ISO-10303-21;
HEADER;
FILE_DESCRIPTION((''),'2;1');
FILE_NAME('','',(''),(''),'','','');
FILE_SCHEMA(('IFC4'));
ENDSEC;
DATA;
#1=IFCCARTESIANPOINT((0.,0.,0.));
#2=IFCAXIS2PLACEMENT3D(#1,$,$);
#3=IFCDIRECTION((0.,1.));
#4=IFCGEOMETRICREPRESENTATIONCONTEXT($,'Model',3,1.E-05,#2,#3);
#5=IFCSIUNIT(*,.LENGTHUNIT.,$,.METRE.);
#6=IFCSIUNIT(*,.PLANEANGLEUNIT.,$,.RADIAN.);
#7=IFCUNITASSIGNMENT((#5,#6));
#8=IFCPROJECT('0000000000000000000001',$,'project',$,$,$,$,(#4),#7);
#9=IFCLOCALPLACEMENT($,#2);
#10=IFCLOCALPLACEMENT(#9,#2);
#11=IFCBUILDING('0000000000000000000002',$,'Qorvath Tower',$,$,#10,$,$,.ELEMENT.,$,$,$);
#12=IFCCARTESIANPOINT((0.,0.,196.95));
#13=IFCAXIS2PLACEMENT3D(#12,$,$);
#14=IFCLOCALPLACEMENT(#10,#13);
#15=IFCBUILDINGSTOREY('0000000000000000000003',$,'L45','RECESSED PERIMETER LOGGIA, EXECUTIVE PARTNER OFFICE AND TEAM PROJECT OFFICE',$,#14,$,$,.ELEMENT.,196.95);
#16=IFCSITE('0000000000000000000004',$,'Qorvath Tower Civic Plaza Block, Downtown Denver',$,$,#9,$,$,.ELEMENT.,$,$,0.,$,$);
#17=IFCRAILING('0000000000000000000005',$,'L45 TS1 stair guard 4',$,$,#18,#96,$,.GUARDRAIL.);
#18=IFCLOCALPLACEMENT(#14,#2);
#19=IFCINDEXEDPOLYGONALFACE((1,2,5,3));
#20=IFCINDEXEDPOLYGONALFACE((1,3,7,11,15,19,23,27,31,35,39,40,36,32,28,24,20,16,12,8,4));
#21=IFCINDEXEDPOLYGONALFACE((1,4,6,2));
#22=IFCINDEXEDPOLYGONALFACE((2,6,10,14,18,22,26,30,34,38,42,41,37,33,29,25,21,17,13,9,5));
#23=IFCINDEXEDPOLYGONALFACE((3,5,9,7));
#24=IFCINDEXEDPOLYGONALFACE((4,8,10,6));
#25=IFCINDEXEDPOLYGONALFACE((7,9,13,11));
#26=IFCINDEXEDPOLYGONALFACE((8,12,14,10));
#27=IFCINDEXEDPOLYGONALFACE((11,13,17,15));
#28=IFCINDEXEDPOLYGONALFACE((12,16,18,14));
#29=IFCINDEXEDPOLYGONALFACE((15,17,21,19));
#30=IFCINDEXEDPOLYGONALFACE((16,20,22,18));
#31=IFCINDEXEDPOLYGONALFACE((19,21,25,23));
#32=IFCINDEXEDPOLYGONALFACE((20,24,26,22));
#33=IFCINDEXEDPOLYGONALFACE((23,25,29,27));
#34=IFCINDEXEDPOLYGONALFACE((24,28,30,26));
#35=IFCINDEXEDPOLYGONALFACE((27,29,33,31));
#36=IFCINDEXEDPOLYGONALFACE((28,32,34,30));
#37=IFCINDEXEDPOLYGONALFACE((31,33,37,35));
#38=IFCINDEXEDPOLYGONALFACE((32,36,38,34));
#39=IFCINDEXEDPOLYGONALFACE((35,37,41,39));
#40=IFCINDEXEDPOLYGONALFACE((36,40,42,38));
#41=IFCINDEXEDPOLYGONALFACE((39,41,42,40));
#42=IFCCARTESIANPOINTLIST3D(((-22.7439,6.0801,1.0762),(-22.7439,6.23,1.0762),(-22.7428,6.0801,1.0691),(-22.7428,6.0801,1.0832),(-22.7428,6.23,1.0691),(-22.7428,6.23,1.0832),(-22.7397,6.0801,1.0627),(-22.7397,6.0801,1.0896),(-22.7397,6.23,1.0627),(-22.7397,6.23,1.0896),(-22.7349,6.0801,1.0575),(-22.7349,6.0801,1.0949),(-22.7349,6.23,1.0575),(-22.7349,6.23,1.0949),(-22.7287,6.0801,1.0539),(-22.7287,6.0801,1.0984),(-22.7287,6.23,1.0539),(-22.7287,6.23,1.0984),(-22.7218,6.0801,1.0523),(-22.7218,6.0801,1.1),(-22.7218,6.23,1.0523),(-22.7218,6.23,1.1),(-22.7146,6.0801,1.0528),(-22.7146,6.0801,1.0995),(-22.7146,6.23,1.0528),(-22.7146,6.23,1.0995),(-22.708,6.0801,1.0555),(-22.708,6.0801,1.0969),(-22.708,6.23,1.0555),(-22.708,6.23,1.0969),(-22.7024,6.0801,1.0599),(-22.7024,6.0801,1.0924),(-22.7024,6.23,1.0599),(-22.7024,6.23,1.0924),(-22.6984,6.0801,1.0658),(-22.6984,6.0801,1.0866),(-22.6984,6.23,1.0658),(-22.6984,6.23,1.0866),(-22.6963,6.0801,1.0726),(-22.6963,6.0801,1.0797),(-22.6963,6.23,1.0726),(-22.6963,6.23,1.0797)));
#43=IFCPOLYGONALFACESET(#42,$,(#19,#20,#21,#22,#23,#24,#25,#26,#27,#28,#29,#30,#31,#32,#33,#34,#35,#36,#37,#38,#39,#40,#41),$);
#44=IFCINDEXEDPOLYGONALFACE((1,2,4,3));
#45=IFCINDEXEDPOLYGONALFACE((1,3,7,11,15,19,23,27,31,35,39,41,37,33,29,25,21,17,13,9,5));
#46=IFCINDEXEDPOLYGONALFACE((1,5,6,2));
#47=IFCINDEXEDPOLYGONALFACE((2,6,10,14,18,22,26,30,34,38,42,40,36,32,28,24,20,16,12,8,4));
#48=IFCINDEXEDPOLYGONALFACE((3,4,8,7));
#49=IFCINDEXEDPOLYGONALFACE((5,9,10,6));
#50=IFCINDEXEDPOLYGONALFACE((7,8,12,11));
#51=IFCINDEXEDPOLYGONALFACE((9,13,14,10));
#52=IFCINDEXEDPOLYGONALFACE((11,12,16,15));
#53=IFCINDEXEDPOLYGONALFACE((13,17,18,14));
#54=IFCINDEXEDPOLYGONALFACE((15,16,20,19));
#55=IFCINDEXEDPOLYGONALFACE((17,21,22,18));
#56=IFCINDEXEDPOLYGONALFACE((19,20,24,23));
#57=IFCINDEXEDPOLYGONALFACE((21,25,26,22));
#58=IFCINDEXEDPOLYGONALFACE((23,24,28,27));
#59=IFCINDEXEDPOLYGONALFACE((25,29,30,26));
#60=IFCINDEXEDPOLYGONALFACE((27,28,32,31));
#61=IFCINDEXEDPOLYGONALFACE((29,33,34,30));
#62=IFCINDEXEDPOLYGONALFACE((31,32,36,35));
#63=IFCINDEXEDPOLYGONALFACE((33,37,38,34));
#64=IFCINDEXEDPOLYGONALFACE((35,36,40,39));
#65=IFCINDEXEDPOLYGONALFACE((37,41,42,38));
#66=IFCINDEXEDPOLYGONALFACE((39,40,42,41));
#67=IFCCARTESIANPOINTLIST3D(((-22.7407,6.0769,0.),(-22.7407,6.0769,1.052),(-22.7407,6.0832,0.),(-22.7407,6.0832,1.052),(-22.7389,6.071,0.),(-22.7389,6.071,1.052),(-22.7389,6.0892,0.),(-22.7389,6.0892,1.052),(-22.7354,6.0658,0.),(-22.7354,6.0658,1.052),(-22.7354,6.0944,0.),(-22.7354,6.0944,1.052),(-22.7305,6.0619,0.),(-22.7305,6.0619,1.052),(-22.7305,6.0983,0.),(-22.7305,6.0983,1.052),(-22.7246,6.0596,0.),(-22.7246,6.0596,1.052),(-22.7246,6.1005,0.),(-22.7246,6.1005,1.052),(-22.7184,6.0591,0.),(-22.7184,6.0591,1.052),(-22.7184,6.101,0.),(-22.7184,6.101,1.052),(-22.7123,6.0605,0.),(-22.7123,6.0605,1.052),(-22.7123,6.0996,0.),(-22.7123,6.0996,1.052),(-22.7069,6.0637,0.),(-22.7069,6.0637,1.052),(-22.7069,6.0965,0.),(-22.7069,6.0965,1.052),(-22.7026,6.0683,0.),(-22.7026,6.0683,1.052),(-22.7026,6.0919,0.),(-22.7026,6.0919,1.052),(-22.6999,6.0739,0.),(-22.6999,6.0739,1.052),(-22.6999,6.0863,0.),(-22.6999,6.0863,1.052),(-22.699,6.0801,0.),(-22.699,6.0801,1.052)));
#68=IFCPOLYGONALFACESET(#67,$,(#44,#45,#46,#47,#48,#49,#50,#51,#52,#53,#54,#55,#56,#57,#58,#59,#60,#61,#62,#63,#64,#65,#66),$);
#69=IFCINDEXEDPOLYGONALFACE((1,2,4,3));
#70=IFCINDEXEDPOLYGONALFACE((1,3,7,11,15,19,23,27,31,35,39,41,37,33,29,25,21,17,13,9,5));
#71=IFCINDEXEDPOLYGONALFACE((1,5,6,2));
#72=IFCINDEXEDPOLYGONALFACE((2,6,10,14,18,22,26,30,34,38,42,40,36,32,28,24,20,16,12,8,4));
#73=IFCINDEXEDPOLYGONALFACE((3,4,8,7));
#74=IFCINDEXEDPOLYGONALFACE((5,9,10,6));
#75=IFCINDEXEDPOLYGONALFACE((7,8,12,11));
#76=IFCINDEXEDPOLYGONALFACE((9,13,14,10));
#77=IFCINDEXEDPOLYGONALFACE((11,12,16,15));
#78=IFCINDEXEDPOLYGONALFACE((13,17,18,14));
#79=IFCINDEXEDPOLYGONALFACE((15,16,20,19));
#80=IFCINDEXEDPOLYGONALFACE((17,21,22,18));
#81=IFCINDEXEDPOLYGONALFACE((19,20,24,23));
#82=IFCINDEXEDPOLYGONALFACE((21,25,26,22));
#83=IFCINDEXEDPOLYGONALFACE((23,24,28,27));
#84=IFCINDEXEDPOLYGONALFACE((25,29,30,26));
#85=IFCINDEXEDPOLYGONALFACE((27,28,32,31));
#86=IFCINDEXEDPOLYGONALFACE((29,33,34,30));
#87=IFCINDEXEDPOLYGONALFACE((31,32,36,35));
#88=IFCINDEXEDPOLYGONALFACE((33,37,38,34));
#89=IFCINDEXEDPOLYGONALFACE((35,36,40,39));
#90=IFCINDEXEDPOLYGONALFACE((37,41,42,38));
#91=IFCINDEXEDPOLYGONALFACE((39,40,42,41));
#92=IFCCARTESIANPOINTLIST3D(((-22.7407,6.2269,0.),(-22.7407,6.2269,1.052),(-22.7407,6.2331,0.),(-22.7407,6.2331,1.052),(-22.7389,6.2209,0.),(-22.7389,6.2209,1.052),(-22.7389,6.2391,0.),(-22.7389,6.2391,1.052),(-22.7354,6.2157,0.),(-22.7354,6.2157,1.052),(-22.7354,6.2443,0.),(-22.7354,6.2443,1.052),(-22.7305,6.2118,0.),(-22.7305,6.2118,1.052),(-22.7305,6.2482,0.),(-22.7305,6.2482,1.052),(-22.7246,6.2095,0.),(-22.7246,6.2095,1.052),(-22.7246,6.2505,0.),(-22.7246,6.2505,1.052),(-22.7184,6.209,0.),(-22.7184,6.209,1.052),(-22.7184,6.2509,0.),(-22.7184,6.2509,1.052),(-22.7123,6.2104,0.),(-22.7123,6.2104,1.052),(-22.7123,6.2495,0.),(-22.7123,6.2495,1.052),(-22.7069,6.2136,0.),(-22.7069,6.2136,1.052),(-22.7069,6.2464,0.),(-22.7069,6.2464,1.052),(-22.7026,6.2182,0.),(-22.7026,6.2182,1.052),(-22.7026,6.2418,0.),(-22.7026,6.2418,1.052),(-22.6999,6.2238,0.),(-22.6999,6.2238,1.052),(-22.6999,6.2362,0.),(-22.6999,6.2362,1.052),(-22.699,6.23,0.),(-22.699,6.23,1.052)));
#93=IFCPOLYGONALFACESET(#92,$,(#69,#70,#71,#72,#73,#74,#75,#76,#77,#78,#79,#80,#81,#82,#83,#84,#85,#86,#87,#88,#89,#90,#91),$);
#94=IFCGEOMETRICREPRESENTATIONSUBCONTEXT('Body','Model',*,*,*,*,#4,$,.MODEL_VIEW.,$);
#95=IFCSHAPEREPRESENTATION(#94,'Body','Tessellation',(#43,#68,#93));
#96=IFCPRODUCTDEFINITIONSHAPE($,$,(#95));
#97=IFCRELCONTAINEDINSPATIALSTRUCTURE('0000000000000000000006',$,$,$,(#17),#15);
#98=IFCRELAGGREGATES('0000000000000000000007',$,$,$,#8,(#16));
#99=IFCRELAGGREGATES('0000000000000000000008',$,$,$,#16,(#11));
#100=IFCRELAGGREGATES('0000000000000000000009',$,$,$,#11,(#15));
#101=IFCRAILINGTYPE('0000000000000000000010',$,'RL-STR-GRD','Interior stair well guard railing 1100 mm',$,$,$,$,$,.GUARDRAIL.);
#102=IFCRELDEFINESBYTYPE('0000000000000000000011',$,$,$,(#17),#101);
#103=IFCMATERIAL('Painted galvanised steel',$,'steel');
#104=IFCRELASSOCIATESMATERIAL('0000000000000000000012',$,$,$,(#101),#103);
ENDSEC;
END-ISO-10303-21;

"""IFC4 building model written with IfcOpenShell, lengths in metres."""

from ifc_helpers import new_model, si_unit, direction, frame, origin, origin_2d, place, context, subcontext, project, spatial, circle, extrude, material, type_object, element, save


model = new_model("IFC4")

# Units and contexts
model_context = context("Model", 3, precision=1e-05, world=origin(), true_north=direction((0.0, 1.0)))
body_context = subcontext(model_context, "Body", "Model", "MODEL_VIEW")
ifc_project = project(units=[si_unit("LENGTHUNIT", "METRE"), si_unit("PLANEANGLEUNIT", "RADIAN")], contexts=[model_context])

# Site, building, storey
site_placement = place(None, origin())
site = spatial("IfcSite", under=ifc_project, at=site_placement, Name="Qorvath Tower Civic Plaza Block, Downtown Denver", CompositionType="ELEMENT", RefElevation=0.0)
building_placement = place(site_placement, origin())
building = spatial("IfcBuilding", under=site, at=building_placement, Name="Qorvath Tower", CompositionType="ELEMENT")
storey_placement = place(building_placement, frame((0.0, 0.0, 196.95)))
storey = spatial("IfcBuildingStorey", under=building, at=storey_placement, Name="L45", Description="RECESSED PERIMETER LOGGIA, EXECUTIVE PARTNER OFFICE AND TEAM PROJECT OFFICE", CompositionType="ELEMENT", Elevation=196.95)

# Railing
ifc_material_1 = material(Name="Painted galvanised steel", Category="steel")
railing_type_1 = type_object("IfcRailingType", Name="RL-STR-GRD", Description="Interior stair well guard railing 1100 mm", PredefinedType="GUARDRAIL", material=ifc_material_1)
railing_1_placement = place(storey_placement, frame((-22.72, 6.0801, 0.0)))
element("IfcRailing", 1, at=railing_1_placement, inside=storey, type_object=railing_type_1, Name="L45 TS1 stair guard 4", PredefinedType="GUARDRAIL", context=body_context, shape_type="SweptSolid", body=[
    extrude(circle(Radius=0.0239, at=origin_2d()), frame((0.0, 0.0, 1.0762), z_axis=(0.0, 1.0, 0.0), x_axis=(-1.0, 0.0, 0.0)), (0.0, 0.0, 1.0), 0.1499),
    extrude(circle(Radius=0.021, at=origin_2d()), origin(), (0.0, 0.0, 1.0), 1.052),
    extrude(circle(Radius=0.021, at=origin_2d()), frame((0.0, 0.1499, 0.0)), (0.0, 0.0, 1.0), 1.052),
])

save(model, "model.ifc")
